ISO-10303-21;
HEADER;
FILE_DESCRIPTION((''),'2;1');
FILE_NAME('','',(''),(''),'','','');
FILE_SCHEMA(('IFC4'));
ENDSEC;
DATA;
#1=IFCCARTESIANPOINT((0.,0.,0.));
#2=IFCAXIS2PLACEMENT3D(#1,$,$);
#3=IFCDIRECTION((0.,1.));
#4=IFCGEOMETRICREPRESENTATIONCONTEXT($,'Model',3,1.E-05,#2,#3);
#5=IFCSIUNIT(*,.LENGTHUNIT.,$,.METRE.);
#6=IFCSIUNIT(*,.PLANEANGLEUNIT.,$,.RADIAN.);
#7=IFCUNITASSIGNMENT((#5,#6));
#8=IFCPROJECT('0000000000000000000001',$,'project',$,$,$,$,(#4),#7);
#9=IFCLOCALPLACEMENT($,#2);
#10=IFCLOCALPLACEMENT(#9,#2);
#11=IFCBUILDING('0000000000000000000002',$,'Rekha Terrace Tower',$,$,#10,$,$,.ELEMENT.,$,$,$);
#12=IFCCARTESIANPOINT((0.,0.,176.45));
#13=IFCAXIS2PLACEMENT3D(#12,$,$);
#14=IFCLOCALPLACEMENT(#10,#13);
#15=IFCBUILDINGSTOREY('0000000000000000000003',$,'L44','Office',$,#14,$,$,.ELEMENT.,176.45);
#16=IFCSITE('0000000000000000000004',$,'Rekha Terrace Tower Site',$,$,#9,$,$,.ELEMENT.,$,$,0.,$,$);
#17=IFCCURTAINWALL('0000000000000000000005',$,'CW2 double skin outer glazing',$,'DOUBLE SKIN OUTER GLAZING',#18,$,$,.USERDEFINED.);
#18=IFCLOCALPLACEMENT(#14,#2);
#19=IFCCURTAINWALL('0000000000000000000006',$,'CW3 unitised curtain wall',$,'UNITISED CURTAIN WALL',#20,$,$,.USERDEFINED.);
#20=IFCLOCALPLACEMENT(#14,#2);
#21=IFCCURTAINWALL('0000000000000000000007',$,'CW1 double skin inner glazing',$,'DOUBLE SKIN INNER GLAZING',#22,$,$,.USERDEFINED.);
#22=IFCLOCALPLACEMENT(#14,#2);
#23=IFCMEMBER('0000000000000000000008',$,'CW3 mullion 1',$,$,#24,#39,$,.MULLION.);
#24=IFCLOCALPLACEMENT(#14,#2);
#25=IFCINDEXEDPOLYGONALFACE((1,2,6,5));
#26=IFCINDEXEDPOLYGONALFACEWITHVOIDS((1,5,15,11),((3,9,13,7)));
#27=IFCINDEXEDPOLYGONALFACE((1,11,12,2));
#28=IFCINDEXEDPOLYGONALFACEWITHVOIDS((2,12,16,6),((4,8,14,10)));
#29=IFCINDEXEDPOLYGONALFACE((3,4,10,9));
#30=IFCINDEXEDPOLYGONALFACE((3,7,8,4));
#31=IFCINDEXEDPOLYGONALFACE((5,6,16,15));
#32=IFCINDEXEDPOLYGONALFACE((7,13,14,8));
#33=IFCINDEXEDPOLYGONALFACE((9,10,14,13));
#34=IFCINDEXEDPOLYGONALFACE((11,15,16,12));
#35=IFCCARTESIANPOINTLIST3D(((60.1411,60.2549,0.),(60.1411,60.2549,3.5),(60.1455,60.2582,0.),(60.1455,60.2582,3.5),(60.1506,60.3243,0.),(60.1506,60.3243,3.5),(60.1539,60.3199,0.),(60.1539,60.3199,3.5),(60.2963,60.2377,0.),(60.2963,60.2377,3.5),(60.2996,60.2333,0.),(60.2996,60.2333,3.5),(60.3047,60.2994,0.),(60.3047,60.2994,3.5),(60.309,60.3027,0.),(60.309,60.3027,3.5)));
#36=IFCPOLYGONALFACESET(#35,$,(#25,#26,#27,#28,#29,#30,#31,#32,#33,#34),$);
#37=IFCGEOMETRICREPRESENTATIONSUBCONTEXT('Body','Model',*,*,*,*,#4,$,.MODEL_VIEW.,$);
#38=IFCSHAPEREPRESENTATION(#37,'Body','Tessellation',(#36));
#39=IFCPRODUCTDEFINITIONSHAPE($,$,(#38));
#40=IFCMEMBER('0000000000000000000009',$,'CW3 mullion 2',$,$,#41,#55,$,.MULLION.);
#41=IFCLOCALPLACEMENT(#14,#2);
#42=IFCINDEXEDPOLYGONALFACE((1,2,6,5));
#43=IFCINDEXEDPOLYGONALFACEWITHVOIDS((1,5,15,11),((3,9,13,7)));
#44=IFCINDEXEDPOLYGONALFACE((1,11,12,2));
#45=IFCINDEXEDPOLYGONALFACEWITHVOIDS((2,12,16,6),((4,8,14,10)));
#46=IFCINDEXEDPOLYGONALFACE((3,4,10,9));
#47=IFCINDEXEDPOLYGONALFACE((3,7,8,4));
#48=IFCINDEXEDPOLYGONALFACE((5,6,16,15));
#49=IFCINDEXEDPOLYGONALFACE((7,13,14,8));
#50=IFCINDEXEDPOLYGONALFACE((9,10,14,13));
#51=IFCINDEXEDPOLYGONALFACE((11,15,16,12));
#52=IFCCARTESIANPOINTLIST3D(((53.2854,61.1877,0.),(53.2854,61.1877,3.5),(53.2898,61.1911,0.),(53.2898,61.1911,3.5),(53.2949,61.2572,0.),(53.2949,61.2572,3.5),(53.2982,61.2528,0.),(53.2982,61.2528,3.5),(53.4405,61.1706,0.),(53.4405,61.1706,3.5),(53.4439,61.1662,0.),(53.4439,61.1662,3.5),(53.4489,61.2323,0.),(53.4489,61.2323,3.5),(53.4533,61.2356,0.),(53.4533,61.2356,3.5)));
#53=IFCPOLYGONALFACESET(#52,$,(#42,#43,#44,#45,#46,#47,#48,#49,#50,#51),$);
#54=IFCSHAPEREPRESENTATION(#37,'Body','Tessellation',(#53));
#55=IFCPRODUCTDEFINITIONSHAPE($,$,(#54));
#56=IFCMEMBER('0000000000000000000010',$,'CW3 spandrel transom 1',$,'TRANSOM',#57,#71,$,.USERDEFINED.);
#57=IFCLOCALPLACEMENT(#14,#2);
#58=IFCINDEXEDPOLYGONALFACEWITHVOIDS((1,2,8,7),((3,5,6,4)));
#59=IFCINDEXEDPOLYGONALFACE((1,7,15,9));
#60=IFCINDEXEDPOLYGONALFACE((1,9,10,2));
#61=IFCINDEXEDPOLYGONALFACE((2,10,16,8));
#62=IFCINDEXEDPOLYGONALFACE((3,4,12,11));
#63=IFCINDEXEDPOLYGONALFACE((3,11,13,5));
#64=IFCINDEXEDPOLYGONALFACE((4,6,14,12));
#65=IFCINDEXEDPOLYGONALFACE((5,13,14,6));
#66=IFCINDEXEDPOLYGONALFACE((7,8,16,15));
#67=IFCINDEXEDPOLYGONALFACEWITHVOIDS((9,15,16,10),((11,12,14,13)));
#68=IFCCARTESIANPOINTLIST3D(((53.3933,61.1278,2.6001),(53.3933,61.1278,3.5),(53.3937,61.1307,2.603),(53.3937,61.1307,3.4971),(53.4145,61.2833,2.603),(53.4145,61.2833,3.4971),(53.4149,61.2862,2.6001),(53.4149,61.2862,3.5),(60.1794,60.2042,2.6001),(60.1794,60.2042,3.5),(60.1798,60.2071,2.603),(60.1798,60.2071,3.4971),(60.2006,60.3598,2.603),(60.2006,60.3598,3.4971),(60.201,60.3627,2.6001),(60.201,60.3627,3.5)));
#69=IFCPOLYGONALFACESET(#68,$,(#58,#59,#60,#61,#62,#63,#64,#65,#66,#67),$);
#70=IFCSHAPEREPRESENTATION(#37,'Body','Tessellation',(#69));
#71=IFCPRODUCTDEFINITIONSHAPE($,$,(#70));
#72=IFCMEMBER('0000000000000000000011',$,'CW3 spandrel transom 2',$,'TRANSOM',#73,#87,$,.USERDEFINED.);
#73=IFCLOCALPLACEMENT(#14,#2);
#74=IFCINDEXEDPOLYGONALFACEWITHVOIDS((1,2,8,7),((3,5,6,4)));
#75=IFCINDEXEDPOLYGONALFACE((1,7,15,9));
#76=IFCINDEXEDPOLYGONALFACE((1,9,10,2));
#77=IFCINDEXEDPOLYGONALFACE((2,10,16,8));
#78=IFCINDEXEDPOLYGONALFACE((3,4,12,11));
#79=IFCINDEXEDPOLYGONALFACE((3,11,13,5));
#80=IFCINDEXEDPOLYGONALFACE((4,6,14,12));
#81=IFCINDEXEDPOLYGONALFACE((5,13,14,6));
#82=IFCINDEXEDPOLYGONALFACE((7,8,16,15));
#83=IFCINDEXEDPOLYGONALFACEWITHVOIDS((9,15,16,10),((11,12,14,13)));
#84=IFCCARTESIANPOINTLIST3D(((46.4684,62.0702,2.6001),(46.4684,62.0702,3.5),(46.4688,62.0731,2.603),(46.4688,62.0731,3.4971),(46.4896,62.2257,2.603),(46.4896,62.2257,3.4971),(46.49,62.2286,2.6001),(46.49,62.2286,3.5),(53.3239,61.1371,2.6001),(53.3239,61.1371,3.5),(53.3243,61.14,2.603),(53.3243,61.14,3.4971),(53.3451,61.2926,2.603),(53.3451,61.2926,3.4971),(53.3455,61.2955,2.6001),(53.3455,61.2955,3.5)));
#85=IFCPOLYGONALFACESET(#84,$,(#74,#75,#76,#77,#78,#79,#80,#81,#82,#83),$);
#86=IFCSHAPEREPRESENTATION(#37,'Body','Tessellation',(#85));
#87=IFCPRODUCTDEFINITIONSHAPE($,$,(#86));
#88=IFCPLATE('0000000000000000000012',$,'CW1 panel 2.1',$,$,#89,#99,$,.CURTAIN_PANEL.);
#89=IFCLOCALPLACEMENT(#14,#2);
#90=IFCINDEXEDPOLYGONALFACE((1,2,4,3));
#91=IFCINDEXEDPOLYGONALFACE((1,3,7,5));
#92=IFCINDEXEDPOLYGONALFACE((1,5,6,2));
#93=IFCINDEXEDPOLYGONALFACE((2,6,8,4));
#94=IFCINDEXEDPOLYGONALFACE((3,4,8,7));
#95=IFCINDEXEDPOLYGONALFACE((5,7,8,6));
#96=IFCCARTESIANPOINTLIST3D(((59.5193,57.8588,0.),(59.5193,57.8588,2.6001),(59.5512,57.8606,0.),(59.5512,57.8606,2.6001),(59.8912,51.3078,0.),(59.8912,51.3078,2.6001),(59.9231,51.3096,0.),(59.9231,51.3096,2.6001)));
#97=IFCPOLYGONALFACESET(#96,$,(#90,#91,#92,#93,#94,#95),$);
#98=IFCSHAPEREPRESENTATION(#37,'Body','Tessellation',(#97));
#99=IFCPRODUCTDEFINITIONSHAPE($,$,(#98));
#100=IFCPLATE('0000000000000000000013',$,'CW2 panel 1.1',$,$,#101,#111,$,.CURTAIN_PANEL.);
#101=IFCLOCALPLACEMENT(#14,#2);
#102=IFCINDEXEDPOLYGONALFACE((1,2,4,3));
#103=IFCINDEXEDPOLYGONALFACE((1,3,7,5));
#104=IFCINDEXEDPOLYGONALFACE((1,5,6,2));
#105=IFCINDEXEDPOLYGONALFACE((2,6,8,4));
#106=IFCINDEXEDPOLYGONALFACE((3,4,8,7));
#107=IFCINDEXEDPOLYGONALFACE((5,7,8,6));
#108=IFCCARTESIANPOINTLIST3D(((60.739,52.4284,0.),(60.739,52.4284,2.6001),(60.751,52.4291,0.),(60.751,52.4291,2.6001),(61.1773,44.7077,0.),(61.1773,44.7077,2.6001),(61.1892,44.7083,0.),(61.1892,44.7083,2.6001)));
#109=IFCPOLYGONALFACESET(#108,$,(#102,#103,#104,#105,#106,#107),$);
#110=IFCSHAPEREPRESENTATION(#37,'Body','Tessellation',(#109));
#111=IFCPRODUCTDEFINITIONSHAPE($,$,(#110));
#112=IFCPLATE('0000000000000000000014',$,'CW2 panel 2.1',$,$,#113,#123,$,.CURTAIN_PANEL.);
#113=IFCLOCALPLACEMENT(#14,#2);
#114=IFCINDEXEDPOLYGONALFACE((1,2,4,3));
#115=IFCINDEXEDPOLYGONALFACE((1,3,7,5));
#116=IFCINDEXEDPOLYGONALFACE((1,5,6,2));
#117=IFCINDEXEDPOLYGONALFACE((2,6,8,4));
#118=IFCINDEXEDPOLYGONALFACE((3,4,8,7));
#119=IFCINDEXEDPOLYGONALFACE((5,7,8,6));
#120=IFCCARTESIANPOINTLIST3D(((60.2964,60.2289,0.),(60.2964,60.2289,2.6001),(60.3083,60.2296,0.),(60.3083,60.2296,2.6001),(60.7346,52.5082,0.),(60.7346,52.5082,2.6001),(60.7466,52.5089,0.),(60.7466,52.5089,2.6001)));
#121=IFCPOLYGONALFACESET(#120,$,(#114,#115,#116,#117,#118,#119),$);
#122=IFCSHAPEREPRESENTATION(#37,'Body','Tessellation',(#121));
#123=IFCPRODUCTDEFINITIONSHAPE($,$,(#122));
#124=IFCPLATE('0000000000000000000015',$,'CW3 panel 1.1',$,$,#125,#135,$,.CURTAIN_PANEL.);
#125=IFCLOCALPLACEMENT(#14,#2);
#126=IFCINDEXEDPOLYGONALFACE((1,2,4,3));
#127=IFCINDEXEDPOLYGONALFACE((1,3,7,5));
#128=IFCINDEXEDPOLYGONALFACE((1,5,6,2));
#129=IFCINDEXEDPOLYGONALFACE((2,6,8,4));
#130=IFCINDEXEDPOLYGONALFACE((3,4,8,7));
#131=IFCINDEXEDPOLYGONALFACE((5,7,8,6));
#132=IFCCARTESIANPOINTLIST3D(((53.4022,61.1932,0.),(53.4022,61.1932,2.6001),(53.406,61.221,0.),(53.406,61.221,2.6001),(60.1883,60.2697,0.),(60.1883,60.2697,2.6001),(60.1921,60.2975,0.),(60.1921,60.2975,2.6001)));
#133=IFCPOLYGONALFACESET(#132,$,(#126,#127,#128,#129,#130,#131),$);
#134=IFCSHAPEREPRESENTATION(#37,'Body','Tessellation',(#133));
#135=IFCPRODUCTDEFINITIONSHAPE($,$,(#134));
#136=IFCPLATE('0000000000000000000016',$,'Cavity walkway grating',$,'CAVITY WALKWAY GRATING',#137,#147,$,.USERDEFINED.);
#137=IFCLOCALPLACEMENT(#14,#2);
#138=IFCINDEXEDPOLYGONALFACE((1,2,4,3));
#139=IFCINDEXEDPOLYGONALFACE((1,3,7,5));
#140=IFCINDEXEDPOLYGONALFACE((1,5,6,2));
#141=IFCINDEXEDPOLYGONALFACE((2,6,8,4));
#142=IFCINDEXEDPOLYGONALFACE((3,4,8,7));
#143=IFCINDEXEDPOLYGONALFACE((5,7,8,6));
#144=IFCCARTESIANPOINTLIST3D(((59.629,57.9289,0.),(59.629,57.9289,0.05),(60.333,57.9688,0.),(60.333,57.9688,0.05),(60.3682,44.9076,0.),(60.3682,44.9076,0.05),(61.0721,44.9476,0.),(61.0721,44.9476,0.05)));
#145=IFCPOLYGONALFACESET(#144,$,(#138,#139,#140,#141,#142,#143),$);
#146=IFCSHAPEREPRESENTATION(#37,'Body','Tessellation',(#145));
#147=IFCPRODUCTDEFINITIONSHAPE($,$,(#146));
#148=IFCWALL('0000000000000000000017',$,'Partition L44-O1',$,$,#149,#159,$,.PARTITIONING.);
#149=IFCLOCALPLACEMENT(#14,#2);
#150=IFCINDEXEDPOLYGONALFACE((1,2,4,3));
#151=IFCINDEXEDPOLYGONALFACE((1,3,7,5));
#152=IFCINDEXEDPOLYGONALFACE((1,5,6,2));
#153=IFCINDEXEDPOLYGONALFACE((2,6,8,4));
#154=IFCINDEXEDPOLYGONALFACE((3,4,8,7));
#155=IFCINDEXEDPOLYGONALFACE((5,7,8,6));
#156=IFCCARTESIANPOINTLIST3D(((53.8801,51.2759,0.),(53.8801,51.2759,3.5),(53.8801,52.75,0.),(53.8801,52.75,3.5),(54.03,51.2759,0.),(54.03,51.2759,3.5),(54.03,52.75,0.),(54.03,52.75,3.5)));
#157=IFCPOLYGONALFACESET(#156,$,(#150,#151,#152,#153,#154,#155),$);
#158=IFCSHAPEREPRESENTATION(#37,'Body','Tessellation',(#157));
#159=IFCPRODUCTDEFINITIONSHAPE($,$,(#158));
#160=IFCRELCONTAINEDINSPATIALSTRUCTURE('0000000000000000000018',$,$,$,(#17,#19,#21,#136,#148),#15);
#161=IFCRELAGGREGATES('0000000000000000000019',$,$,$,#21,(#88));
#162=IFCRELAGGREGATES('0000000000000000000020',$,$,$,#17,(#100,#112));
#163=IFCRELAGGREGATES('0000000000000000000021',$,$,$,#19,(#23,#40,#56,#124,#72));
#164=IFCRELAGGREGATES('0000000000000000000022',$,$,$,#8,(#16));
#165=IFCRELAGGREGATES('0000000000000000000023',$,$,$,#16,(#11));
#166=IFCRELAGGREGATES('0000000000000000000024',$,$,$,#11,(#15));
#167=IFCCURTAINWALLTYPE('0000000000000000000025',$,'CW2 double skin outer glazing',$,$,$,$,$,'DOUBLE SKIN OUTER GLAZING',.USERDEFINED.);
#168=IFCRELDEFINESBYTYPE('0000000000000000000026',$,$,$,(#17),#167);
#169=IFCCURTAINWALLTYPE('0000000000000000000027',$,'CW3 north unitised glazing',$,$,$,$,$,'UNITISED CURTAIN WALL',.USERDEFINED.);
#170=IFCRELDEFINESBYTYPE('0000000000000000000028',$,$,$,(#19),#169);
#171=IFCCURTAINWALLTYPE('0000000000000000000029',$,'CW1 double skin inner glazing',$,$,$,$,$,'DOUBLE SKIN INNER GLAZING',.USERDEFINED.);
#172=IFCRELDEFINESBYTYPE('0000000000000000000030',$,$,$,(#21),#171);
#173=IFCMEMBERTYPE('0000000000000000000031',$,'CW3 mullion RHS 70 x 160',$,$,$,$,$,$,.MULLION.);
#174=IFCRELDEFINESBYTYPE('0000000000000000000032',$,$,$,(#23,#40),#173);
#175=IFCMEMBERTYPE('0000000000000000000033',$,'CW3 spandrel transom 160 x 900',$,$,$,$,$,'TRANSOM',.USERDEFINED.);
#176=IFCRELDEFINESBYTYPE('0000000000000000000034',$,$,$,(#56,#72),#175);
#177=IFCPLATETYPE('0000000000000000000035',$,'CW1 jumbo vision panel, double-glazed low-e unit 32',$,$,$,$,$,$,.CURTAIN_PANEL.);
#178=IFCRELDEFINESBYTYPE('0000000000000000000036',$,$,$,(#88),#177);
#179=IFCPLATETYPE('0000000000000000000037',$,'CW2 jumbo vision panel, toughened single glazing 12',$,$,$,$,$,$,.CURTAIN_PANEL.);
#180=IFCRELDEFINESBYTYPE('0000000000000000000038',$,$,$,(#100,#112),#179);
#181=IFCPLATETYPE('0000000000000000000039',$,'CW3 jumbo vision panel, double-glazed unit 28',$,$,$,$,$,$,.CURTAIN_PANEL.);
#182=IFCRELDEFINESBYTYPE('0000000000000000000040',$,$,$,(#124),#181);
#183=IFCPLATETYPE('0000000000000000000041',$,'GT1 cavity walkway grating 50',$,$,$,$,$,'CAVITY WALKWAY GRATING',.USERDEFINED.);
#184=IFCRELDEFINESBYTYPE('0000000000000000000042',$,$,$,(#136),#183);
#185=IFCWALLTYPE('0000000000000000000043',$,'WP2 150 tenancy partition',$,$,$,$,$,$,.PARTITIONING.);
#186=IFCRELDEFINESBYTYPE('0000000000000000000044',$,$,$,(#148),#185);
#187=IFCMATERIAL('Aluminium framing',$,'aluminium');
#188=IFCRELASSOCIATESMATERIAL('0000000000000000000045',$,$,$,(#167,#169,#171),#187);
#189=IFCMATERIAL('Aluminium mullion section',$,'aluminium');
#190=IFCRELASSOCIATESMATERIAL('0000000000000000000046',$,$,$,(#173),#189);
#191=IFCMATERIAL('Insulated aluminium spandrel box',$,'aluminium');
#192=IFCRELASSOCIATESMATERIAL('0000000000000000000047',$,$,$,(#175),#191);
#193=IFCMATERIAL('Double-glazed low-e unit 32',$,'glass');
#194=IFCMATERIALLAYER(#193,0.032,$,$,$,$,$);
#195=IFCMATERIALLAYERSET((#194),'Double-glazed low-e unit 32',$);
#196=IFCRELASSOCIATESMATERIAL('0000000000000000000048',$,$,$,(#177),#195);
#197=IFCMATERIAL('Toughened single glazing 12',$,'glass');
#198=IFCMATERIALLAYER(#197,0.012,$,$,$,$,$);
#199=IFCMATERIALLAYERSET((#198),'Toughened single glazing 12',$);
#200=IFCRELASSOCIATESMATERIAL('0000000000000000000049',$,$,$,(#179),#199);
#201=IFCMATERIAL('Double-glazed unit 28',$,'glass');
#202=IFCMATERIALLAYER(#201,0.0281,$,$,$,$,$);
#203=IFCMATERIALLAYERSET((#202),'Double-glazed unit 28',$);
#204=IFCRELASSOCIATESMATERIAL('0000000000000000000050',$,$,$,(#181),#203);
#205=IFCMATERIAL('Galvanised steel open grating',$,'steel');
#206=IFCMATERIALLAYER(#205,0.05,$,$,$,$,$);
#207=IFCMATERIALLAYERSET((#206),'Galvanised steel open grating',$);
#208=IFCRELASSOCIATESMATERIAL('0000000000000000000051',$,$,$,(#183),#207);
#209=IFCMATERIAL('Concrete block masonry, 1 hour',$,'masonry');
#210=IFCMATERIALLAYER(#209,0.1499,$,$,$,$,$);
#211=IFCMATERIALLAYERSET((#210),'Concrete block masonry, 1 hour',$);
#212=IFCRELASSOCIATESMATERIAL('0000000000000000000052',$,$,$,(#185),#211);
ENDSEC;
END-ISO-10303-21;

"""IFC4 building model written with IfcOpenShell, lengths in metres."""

from ifc_helpers import new_model, si_unit, direction, frame, frame_2d, origin, origin_2d, place, context, subcontext, project, spatial, rectangle, hollow_rectangle, extrude, material, layer, layer_set, material_profile, profile_set, type_object, element, aggregate, save


model = new_model("IFC4")

# Units and contexts
model_context = context("Model", 3, precision=1e-05, world=origin(), true_north=direction((0.0, 1.0)))
body_context = subcontext(model_context, "Body", "Model", "MODEL_VIEW")
ifc_project = project(units=[si_unit("LENGTHUNIT", "METRE"), si_unit("PLANEANGLEUNIT", "RADIAN")], contexts=[model_context])

# Site, building, storey
site_placement = place(None, origin())
site = spatial("IfcSite", under=ifc_project, at=site_placement, Name="Rekha Terrace Tower Site", CompositionType="ELEMENT", RefElevation=0.0)
building_placement = place(site_placement, origin())
building = spatial("IfcBuilding", under=site, at=building_placement, Name="Rekha Terrace Tower", CompositionType="ELEMENT")
storey_placement = place(building_placement, frame((0.0, 0.0, 176.45)))
storey = spatial("IfcBuildingStorey", under=building, at=storey_placement, Name="L44", Description="Office", CompositionType="ELEMENT", Elevation=176.45)

# Curtain walls
ifc_material_1 = material(Name="Aluminium framing", Category="aluminium")
curtain_wall_type_1 = type_object("IfcCurtainWallType", Name="CW2 double skin outer glazing", ElementType="DOUBLE SKIN OUTER GLAZING", PredefinedType="USERDEFINED", material=ifc_material_1)
curtain_wall_1_placement = place(storey_placement, origin())
curtain_wall_1 = element("IfcCurtainWall", 1, at=curtain_wall_1_placement, inside=storey, type_object=curtain_wall_type_1, Name="CW2 double skin outer glazing", ObjectType="DOUBLE SKIN OUTER GLAZING", PredefinedType="USERDEFINED")
curtain_wall_type_2 = type_object("IfcCurtainWallType", Name="CW3 north unitised glazing", ElementType="UNITISED CURTAIN WALL", PredefinedType="USERDEFINED", material=ifc_material_1)
curtain_wall_2_placement = place(storey_placement, origin())
curtain_wall_2 = element("IfcCurtainWall", 2, at=curtain_wall_2_placement, inside=storey, type_object=curtain_wall_type_2, Name="CW3 unitised curtain wall", ObjectType="UNITISED CURTAIN WALL", PredefinedType="USERDEFINED")

# Curtain wall
curtain_wall_type_3 = type_object("IfcCurtainWallType", Name="CW1 double skin inner glazing", ElementType="DOUBLE SKIN INNER GLAZING", PredefinedType="USERDEFINED", material=ifc_material_1)
curtain_wall_3_placement = place(storey_placement, origin())
curtain_wall_3 = element("IfcCurtainWall", 3, at=curtain_wall_3_placement, inside=storey, type_object=curtain_wall_type_3, Name="CW1 double skin inner glazing", ObjectType="DOUBLE SKIN INNER GLAZING", PredefinedType="USERDEFINED")
ifc_material_2 = material(Name="Aluminium mullion section", Category="aluminium")
ifc_material_3 = material(Name="Insulated aluminium spandrel box", Category="aluminium")

# Members
ifc_material_profile_1 = material_profile(ifc_material_2, hollow_rectangle(XDim=0.0701, YDim=0.1599, WallThickness=0.0039, at=origin_2d()), Name="AL RHS 70x160")
ifc_profile_set_1 = profile_set([ifc_material_profile_1], Name="Aluminium mullion section")
member_type_1 = type_object("IfcMemberType", Name="CW3 mullion RHS 70 x 160", PredefinedType="MULLION", material=ifc_profile_set_1)
member_1_placement = place(storey_placement, frame((60.2251, 60.2788, 0.0), z_axis=(0.0, 0.0, 1.0), x_axis=(-0.134841, -0.990867, 0.0)))
member_1 = element("IfcMember", 4, at=member_1_placement, type_object=member_type_1, Name="CW3 mullion 1", PredefinedType="MULLION", context=body_context, shape_type="SweptSolid", body=[
    extrude(hollow_rectangle(XDim=0.0701, YDim=0.1599, WallThickness=0.0039, at=origin_2d()), origin(), (0.0, 0.0, 1.0), 3.5),
])
member_2_placement = place(storey_placement, frame((53.3694, 61.2117, 0.0), z_axis=(0.0, 0.0, 1.0), x_axis=(-0.134841, -0.990867, 0.0)))
member_2 = element("IfcMember", 5, at=member_2_placement, type_object=member_type_1, Name="CW3 mullion 2", PredefinedType="MULLION", context=body_context, shape_type="SweptSolid", body=[
    extrude(hollow_rectangle(XDim=0.0701, YDim=0.1599, WallThickness=0.0039, at=origin_2d()), origin(), (0.0, 0.0, 1.0), 3.5),
])
ifc_material_profile_2 = material_profile(ifc_material_3, hollow_rectangle(XDim=0.1599, YDim=0.8999, WallThickness=0.0029, at=origin_2d()), Name="AL SPANDREL BOX 160x900")
ifc_profile_set_2 = profile_set([ifc_material_profile_2], Name="Insulated aluminium spandrel box")
member_type_2 = type_object("IfcMemberType", Name="CW3 spandrel transom 160 x 900", ElementType="TRANSOM", PredefinedType="USERDEFINED", material=ifc_profile_set_2)
member_3_placement = place(storey_placement, frame((60.1902, 60.2834, 3.05), z_axis=(-0.990865, 0.134855, 0.0), x_axis=(-0.134855, -0.990865, 0.0)))
member_3 = element("IfcMember", 6, at=member_3_placement, type_object=member_type_2, Name="CW3 spandrel transom 1", ObjectType="TRANSOM", PredefinedType="USERDEFINED", context=body_context, shape_type="SweptSolid", body=[
    extrude(hollow_rectangle(XDim=0.1599, YDim=0.8999, WallThickness=0.0029, at=origin_2d()), origin(), (0.0, 0.0, 1.0), 6.8486),
])
member_4_placement = place(storey_placement, frame((53.3347, 61.2163, 3.05), z_axis=(-0.990864, 0.134868, 0.0), x_axis=(-0.134868, -0.990864, 0.0)))
member_4 = element("IfcMember", 7, at=member_4_placement, type_object=member_type_2, Name="CW3 spandrel transom 2", ObjectType="TRANSOM", PredefinedType="USERDEFINED", context=body_context, shape_type="SweptSolid", body=[
    extrude(hollow_rectangle(XDim=0.1599, YDim=0.8999, WallThickness=0.0029, at=origin_2d()), origin(), (0.0, 0.0, 1.0), 6.9187),
])

# Plates
ifc_material_4 = material(Name="Double-glazed low-e unit 32", Category="glass")
ifc_layer_1 = layer(ifc_material_4, 0.032)
ifc_layer_set_1 = layer_set([ifc_layer_1], Name="Double-glazed low-e unit 32")
plate_type_1 = type_object("IfcPlateType", Name="CW1 jumbo vision panel, double-glazed low-e unit 32", PredefinedType="CURTAIN_PANEL", material=ifc_layer_set_1)
plate_1_placement = place(storey_placement, frame((59.7212, 54.5842, 0.0), z_axis=(0.0, 0.0, 1.0), x_axis=(-0.056673, 0.998393, 0.0)))
plate_1 = element("IfcPlate", 8, at=plate_1_placement, type_object=plate_type_1, Name="CW1 panel 2.1", PredefinedType="CURTAIN_PANEL", context=body_context, shape_type="SweptSolid", body=[
    extrude(rectangle(XDim=6.5615, YDim=0.032, at=origin_2d()), origin(), (0.0, 0.0, 1.0), 2.6001),
])
aggregate(curtain_wall_3, [plate_1])
ifc_material_5 = material(Name="Toughened single glazing 12", Category="glass")
ifc_layer_2 = layer(ifc_material_5, 0.012)
ifc_layer_set_2 = layer_set([ifc_layer_2], Name="Toughened single glazing 12")
plate_type_2 = type_object("IfcPlateType", Name="CW2 jumbo vision panel, toughened single glazing 12", PredefinedType="CURTAIN_PANEL", material=ifc_layer_set_2)
plate_2_placement = place(storey_placement, frame((60.9641, 48.5684, 0.0), z_axis=(0.0, 0.0, 1.0), x_axis=(-0.056673, 0.998393, 0.0)))
plate_2 = element("IfcPlate", 9, at=plate_2_placement, type_object=plate_type_2, Name="CW2 panel 1.1", PredefinedType="CURTAIN_PANEL", context=body_context, shape_type="SweptSolid", body=[
    extrude(rectangle(XDim=7.7332, YDim=0.012, at=origin_2d()), origin(), (0.0, 0.0, 1.0), 2.6001),
])
plate_3_placement = place(storey_placement, frame((60.5215, 56.3689, 0.0), z_axis=(0.0, 0.0, 1.0), x_axis=(-0.056673, 0.998393, 0.0)))
plate_3 = element("IfcPlate", 10, at=plate_3_placement, type_object=plate_type_2, Name="CW2 panel 2.1", PredefinedType="CURTAIN_PANEL", context=body_context, shape_type="SweptSolid", body=[
    extrude(rectangle(XDim=7.7332, YDim=0.012, at=origin_2d()), origin(), (0.0, 0.0, 1.0), 2.6001),
])
aggregate(curtain_wall_1, [plate_2, plate_3])
ifc_material_6 = material(Name="Double-glazed unit 28", Category="glass")
ifc_layer_3 = layer(ifc_material_6, 0.0281)
ifc_layer_set_3 = layer_set([ifc_layer_3], Name="Double-glazed unit 28")
plate_type_3 = type_object("IfcPlateType", Name="CW3 jumbo vision panel, double-glazed unit 28", PredefinedType="CURTAIN_PANEL", material=ifc_layer_set_3)
plate_4_placement = place(storey_placement, frame((56.7971, 60.7454, 0.0), z_axis=(0.0, 0.0, 1.0), x_axis=(-0.990867, 0.134841, 0.0)))
plate_4 = element("IfcPlate", 11, at=plate_4_placement, type_object=plate_type_3, Name="CW3 panel 1.1", PredefinedType="CURTAIN_PANEL", context=body_context, shape_type="SweptSolid", body=[
    extrude(rectangle(XDim=6.8486, YDim=0.0281, at=origin_2d()), origin(), (0.0, 0.0, 1.0), 2.6001),
])
aggregate(curtain_wall_2, [member_1, member_2, member_3, plate_4, member_4])
ifc_material_7 = material(Name="Galvanised steel open grating", Category="steel")
ifc_layer_4 = layer(ifc_material_7, 0.05)
ifc_layer_set_4 = layer_set([ifc_layer_4], Name="Galvanised steel open grating")
plate_type_4 = type_object("IfcPlateType", Name="GT1 cavity walkway grating 50", ElementType="CAVITY WALKWAY GRATING", PredefinedType="USERDEFINED", material=ifc_layer_set_4)
plate_5_placement = place(storey_placement, frame((60.3506, 51.4382, 0.0), z_axis=(0.0, 0.0, 1.0), x_axis=(-0.056673, 0.998393, 0.0)))
element("IfcPlate", 12, at=plate_5_placement, inside=storey, type_object=plate_type_4, Name="Cavity walkway grating", ObjectType="CAVITY WALKWAY GRATING", PredefinedType="USERDEFINED", context=body_context, shape_type="SweptSolid", body=[
    extrude(rectangle(XDim=13.0422, YDim=0.7051, at=origin_2d()), origin(), (0.0, 0.0, 1.0), 0.05),
])

# Wall
ifc_material_8 = material(Name="Concrete block masonry, 1 hour", Category="masonry")
ifc_layer_5 = layer(ifc_material_8, 0.1499)
ifc_layer_set_5 = layer_set([ifc_layer_5], Name="Concrete block masonry, 1 hour")
wall_type_1 = type_object("IfcWallType", Name="WP2 150 tenancy partition", PredefinedType="PARTITIONING", material=ifc_layer_set_5)
wall_1_placement = place(storey_placement, frame((53.9551, 51.2759, 0.0), z_axis=(0.0, 0.0, 1.0), x_axis=(0.0, 1.0, 0.0)))
element("IfcWall", 13, at=wall_1_placement, inside=storey, type_object=wall_type_1, Name="Partition L44-O1", PredefinedType="PARTITIONING", context=body_context, shape_type="SweptSolid", body=[
    extrude(rectangle(XDim=1.4741, YDim=0.1499, at=frame_2d((0.7371, 0.0))), origin(), (0.0, 0.0, 1.0), 3.5),
])

save(model, "model.ifc")
